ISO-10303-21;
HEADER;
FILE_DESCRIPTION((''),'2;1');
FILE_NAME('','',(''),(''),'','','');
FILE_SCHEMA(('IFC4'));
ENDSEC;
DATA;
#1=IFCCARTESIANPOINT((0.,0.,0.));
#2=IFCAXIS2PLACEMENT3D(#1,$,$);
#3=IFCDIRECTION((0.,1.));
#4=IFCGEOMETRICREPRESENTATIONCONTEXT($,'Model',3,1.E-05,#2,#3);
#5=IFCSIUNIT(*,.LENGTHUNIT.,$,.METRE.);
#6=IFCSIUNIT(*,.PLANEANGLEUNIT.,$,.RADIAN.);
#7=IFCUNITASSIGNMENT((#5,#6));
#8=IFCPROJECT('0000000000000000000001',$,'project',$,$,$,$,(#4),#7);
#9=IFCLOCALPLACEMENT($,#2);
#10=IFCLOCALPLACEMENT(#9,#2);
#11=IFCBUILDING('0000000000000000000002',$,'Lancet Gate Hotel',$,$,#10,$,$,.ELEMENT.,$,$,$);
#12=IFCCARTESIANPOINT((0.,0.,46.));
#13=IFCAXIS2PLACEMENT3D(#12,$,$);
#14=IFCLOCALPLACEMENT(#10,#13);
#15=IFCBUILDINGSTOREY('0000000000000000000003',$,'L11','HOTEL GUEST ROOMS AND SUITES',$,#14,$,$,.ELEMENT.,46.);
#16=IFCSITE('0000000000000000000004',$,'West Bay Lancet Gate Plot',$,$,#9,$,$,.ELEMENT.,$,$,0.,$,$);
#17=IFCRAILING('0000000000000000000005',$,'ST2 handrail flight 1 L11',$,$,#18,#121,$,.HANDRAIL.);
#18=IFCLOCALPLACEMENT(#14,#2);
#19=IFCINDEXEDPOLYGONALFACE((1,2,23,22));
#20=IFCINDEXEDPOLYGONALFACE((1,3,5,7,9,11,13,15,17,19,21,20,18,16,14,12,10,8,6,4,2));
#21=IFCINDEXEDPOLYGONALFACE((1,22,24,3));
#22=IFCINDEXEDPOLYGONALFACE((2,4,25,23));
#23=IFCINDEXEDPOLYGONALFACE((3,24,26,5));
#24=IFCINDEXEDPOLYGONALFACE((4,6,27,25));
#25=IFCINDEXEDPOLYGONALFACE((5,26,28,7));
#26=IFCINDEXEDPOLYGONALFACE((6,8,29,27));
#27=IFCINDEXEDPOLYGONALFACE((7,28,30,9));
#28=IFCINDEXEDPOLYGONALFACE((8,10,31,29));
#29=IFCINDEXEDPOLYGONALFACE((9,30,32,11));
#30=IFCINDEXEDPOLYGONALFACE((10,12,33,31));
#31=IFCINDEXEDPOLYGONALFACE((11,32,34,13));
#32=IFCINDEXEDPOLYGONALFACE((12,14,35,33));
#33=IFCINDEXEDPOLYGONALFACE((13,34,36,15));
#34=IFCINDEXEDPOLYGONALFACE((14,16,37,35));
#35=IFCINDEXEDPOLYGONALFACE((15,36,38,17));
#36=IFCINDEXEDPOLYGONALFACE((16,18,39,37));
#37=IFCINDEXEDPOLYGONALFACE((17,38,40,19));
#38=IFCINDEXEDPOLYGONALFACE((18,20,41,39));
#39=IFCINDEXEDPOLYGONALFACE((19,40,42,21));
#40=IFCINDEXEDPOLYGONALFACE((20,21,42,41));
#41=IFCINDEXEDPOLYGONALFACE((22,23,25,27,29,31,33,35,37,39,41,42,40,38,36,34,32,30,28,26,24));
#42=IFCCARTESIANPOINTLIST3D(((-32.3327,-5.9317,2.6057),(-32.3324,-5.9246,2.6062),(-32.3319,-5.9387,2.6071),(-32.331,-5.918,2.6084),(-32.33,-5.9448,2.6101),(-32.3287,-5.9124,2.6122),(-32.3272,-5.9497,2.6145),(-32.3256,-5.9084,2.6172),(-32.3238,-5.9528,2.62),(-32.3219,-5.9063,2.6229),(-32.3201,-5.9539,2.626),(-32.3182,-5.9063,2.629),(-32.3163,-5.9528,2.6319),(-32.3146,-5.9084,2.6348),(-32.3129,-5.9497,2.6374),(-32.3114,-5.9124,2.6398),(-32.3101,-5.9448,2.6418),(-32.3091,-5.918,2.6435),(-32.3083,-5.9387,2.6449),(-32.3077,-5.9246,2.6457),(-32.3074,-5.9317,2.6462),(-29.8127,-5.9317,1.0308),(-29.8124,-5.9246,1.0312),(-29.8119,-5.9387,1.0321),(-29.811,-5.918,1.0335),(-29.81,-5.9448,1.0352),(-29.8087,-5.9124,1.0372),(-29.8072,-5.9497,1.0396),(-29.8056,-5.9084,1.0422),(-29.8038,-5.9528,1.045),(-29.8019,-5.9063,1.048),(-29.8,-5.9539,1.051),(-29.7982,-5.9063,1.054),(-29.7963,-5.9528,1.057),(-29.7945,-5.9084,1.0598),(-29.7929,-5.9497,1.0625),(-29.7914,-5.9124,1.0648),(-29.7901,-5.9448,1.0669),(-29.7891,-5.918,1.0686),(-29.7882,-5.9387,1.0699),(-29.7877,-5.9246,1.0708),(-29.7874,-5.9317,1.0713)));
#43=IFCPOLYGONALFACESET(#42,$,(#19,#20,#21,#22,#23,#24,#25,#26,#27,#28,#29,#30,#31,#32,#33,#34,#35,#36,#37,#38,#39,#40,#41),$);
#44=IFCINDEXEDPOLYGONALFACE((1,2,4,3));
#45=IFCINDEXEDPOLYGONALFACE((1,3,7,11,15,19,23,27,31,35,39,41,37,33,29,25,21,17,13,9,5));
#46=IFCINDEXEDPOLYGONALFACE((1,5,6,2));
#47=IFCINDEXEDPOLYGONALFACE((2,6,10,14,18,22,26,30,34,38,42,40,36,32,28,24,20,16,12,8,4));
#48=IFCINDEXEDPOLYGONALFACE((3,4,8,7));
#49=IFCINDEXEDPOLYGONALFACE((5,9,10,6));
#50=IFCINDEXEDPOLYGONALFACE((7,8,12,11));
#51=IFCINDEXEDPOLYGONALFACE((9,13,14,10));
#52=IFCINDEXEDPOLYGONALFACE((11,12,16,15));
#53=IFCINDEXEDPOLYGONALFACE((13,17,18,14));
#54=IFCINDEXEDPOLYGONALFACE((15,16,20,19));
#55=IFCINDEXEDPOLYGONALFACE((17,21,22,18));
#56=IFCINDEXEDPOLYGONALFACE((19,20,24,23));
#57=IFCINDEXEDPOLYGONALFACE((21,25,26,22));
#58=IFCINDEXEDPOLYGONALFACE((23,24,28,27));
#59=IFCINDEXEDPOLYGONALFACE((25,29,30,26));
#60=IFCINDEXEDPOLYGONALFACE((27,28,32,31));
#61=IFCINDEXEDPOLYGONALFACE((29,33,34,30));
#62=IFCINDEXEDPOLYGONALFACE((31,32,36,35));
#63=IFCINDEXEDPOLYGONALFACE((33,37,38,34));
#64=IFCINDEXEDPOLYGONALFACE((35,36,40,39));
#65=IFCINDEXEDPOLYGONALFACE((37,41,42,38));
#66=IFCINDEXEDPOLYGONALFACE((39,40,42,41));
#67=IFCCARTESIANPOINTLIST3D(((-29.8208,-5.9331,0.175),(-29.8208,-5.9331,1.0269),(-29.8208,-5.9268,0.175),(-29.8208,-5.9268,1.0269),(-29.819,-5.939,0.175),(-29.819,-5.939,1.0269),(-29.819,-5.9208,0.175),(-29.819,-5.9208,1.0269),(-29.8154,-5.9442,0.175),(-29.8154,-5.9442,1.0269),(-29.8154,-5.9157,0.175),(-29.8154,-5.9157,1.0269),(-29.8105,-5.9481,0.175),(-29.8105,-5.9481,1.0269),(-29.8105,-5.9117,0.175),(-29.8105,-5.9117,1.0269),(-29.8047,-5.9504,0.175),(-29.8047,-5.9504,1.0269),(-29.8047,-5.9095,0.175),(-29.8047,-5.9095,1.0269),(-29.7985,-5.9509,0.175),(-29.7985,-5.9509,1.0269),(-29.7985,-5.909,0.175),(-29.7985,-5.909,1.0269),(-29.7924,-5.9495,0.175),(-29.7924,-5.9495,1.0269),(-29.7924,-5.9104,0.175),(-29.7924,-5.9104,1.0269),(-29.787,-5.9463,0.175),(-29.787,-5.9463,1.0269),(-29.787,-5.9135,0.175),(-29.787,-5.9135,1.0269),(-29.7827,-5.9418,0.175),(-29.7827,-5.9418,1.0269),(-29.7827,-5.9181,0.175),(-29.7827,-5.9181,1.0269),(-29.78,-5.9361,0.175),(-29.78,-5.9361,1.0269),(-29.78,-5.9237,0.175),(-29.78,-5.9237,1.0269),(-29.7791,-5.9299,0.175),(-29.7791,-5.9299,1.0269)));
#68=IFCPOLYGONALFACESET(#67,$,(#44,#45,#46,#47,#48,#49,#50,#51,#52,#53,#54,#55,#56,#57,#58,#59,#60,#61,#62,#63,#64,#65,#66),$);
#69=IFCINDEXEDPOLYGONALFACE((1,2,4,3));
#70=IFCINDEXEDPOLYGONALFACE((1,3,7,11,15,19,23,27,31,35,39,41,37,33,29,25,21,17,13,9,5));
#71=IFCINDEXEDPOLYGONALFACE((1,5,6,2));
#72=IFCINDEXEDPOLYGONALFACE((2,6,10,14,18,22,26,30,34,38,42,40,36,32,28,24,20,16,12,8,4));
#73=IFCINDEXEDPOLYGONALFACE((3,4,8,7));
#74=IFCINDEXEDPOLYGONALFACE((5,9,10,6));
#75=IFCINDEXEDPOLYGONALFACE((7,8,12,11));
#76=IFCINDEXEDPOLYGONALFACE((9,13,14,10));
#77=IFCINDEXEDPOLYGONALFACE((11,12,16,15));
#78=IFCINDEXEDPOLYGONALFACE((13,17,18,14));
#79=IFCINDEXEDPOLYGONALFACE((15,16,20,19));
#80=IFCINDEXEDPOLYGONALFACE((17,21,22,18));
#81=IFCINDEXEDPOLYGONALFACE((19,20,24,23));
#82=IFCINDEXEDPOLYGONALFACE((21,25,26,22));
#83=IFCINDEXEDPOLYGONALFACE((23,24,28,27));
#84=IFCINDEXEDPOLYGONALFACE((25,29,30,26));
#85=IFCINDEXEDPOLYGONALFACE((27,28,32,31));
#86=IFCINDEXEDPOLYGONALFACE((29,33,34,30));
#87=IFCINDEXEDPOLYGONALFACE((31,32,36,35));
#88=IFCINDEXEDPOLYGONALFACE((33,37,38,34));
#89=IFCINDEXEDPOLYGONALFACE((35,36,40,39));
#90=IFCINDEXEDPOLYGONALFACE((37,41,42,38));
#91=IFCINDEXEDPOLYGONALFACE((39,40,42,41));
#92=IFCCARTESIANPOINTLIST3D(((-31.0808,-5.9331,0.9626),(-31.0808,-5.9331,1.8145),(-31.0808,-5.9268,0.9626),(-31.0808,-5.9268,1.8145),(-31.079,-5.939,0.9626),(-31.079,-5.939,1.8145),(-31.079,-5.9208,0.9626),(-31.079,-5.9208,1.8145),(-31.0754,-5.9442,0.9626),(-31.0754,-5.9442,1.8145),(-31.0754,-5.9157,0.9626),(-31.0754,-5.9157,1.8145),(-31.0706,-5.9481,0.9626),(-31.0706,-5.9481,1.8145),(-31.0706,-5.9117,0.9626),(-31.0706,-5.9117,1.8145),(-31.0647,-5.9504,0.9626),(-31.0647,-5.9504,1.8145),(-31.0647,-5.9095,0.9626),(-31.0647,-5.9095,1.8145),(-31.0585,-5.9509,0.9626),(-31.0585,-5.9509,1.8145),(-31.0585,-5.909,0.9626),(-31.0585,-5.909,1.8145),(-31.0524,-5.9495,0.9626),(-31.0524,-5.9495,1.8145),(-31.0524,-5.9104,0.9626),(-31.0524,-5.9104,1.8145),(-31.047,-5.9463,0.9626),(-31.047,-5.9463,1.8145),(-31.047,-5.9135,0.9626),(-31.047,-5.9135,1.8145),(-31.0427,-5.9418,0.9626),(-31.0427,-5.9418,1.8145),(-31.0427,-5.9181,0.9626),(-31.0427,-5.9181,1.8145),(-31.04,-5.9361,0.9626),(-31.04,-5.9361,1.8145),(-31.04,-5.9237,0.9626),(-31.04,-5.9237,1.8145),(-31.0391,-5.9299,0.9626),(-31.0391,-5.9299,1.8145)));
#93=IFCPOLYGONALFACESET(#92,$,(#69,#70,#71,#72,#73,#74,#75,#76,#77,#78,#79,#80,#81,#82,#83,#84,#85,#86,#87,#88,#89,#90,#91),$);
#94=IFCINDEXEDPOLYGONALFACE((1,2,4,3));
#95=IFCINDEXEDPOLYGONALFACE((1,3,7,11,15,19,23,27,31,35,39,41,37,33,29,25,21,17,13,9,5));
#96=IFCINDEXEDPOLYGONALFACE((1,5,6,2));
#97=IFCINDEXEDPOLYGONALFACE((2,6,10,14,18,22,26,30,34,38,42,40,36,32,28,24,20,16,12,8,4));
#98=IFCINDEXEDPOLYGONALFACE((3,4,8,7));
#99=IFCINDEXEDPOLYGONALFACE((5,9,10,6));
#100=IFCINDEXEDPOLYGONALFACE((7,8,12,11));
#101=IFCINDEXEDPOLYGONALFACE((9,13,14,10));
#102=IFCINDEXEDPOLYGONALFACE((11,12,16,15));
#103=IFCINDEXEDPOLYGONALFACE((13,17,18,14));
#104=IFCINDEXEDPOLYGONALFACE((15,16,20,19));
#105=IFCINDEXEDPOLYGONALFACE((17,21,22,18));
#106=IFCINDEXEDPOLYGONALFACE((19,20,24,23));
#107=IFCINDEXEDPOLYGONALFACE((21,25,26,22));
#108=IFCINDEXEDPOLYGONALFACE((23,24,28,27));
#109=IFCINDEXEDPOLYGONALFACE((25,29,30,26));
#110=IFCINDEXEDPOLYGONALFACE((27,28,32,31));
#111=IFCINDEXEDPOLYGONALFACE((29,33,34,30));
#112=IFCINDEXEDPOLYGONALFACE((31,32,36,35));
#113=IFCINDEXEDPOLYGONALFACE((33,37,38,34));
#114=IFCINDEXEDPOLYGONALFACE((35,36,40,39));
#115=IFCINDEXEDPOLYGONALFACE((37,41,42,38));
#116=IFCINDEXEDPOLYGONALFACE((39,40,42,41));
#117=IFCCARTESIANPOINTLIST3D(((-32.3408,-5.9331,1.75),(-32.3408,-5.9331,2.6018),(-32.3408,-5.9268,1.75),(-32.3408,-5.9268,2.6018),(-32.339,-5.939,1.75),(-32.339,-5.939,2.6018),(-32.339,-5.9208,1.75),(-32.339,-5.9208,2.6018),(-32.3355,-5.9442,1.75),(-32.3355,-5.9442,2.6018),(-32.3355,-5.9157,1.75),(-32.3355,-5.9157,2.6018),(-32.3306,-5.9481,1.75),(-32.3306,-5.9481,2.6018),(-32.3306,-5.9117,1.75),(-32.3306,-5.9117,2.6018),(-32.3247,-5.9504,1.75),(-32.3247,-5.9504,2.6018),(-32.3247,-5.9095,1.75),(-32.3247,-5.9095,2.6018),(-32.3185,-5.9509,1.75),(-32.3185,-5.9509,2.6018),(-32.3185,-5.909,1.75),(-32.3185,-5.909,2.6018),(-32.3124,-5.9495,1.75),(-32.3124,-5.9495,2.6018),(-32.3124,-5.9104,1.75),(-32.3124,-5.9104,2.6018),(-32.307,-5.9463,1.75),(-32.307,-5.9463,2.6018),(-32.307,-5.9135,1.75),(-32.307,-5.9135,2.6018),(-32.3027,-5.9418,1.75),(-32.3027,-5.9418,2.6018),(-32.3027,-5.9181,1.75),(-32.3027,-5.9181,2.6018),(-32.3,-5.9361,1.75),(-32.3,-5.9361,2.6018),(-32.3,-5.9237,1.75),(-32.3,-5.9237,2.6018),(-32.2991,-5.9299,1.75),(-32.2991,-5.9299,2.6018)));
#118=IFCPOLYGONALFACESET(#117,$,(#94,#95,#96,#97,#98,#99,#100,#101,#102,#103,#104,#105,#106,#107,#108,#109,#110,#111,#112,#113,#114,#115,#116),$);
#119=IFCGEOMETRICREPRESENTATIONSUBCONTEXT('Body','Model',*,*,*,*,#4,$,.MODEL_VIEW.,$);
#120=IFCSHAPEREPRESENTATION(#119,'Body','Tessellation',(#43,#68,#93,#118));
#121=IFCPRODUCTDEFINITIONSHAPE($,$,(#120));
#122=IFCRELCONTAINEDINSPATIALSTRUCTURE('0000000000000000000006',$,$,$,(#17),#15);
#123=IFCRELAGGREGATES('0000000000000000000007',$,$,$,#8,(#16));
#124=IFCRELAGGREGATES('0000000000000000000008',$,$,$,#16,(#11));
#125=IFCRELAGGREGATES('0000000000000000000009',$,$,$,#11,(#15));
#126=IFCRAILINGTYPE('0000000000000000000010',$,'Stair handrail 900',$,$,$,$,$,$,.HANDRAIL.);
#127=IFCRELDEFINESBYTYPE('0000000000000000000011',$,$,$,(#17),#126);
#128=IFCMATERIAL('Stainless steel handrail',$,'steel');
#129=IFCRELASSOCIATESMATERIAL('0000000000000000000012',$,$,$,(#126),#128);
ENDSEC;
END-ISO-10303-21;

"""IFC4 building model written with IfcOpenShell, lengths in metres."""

from ifc_helpers import new_model, si_unit, direction, frame, origin, origin_2d, place, context, subcontext, project, spatial, circle, extrude, material, type_object, element, save


model = new_model("IFC4")

# Units and contexts
model_context = context("Model", 3, precision=1e-05, world=origin(), true_north=direction((0.0, 1.0)))
body_context = subcontext(model_context, "Body", "Model", "MODEL_VIEW")
ifc_project = project(units=[si_unit("LENGTHUNIT", "METRE"), si_unit("PLANEANGLEUNIT", "RADIAN")], contexts=[model_context])

# Site, building, storey
site_placement = place(None, origin())
site = spatial("IfcSite", under=ifc_project, at=site_placement, Name="West Bay Lancet Gate Plot", CompositionType="ELEMENT", RefElevation=0.0)
building_placement = place(site_placement, origin())
building = spatial("IfcBuilding", under=site, at=building_placement, Name="Lancet Gate Hotel", CompositionType="ELEMENT")
storey_placement = place(building_placement, frame((0.0, 0.0, 46.0)))
storey = spatial("IfcBuildingStorey", under=building, at=storey_placement, Name="L11", Description="HOTEL GUEST ROOMS AND SUITES", CompositionType="ELEMENT", Elevation=46.0)

# Railing
ifc_material_1 = material(Name="Stainless steel handrail", Category="steel")
railing_type = type_object("IfcRailingType", Name="Stair handrail 900", PredefinedType="HANDRAIL", material=ifc_material_1)
railing_1_placement = place(storey_placement, frame((-29.8, -5.9299, 0.175)))
element("IfcRailing", 1, at=railing_1_placement, inside=storey, type_object=railing_type, Name="ST2 handrail flight 1 L11", PredefinedType="HANDRAIL", context=body_context, shape_type="SweptSolid", body=[
    extrude(circle(Radius=0.0239, at=origin_2d()), frame((0.0, 0.0, 0.876), z_axis=(-0.848008, 0.0, 0.529984), x_axis=(0.0, -1.0, 0.0)), (0.0, 0.0, 1.0), 2.9717),
    extrude(circle(Radius=0.021, at=origin_2d()), origin(), (0.0, 0.0, 1.0), 0.8518),
    extrude(circle(Radius=0.021, at=origin_2d()), frame((-1.26, 0.0, 0.7876)), (0.0, 0.0, 1.0), 0.8518),
    extrude(circle(Radius=0.021, at=origin_2d()), frame((-2.52, 0.0, 1.575)), (0.0, 0.0, 1.0), 0.8518),
])

save(model, "model.ifc")
